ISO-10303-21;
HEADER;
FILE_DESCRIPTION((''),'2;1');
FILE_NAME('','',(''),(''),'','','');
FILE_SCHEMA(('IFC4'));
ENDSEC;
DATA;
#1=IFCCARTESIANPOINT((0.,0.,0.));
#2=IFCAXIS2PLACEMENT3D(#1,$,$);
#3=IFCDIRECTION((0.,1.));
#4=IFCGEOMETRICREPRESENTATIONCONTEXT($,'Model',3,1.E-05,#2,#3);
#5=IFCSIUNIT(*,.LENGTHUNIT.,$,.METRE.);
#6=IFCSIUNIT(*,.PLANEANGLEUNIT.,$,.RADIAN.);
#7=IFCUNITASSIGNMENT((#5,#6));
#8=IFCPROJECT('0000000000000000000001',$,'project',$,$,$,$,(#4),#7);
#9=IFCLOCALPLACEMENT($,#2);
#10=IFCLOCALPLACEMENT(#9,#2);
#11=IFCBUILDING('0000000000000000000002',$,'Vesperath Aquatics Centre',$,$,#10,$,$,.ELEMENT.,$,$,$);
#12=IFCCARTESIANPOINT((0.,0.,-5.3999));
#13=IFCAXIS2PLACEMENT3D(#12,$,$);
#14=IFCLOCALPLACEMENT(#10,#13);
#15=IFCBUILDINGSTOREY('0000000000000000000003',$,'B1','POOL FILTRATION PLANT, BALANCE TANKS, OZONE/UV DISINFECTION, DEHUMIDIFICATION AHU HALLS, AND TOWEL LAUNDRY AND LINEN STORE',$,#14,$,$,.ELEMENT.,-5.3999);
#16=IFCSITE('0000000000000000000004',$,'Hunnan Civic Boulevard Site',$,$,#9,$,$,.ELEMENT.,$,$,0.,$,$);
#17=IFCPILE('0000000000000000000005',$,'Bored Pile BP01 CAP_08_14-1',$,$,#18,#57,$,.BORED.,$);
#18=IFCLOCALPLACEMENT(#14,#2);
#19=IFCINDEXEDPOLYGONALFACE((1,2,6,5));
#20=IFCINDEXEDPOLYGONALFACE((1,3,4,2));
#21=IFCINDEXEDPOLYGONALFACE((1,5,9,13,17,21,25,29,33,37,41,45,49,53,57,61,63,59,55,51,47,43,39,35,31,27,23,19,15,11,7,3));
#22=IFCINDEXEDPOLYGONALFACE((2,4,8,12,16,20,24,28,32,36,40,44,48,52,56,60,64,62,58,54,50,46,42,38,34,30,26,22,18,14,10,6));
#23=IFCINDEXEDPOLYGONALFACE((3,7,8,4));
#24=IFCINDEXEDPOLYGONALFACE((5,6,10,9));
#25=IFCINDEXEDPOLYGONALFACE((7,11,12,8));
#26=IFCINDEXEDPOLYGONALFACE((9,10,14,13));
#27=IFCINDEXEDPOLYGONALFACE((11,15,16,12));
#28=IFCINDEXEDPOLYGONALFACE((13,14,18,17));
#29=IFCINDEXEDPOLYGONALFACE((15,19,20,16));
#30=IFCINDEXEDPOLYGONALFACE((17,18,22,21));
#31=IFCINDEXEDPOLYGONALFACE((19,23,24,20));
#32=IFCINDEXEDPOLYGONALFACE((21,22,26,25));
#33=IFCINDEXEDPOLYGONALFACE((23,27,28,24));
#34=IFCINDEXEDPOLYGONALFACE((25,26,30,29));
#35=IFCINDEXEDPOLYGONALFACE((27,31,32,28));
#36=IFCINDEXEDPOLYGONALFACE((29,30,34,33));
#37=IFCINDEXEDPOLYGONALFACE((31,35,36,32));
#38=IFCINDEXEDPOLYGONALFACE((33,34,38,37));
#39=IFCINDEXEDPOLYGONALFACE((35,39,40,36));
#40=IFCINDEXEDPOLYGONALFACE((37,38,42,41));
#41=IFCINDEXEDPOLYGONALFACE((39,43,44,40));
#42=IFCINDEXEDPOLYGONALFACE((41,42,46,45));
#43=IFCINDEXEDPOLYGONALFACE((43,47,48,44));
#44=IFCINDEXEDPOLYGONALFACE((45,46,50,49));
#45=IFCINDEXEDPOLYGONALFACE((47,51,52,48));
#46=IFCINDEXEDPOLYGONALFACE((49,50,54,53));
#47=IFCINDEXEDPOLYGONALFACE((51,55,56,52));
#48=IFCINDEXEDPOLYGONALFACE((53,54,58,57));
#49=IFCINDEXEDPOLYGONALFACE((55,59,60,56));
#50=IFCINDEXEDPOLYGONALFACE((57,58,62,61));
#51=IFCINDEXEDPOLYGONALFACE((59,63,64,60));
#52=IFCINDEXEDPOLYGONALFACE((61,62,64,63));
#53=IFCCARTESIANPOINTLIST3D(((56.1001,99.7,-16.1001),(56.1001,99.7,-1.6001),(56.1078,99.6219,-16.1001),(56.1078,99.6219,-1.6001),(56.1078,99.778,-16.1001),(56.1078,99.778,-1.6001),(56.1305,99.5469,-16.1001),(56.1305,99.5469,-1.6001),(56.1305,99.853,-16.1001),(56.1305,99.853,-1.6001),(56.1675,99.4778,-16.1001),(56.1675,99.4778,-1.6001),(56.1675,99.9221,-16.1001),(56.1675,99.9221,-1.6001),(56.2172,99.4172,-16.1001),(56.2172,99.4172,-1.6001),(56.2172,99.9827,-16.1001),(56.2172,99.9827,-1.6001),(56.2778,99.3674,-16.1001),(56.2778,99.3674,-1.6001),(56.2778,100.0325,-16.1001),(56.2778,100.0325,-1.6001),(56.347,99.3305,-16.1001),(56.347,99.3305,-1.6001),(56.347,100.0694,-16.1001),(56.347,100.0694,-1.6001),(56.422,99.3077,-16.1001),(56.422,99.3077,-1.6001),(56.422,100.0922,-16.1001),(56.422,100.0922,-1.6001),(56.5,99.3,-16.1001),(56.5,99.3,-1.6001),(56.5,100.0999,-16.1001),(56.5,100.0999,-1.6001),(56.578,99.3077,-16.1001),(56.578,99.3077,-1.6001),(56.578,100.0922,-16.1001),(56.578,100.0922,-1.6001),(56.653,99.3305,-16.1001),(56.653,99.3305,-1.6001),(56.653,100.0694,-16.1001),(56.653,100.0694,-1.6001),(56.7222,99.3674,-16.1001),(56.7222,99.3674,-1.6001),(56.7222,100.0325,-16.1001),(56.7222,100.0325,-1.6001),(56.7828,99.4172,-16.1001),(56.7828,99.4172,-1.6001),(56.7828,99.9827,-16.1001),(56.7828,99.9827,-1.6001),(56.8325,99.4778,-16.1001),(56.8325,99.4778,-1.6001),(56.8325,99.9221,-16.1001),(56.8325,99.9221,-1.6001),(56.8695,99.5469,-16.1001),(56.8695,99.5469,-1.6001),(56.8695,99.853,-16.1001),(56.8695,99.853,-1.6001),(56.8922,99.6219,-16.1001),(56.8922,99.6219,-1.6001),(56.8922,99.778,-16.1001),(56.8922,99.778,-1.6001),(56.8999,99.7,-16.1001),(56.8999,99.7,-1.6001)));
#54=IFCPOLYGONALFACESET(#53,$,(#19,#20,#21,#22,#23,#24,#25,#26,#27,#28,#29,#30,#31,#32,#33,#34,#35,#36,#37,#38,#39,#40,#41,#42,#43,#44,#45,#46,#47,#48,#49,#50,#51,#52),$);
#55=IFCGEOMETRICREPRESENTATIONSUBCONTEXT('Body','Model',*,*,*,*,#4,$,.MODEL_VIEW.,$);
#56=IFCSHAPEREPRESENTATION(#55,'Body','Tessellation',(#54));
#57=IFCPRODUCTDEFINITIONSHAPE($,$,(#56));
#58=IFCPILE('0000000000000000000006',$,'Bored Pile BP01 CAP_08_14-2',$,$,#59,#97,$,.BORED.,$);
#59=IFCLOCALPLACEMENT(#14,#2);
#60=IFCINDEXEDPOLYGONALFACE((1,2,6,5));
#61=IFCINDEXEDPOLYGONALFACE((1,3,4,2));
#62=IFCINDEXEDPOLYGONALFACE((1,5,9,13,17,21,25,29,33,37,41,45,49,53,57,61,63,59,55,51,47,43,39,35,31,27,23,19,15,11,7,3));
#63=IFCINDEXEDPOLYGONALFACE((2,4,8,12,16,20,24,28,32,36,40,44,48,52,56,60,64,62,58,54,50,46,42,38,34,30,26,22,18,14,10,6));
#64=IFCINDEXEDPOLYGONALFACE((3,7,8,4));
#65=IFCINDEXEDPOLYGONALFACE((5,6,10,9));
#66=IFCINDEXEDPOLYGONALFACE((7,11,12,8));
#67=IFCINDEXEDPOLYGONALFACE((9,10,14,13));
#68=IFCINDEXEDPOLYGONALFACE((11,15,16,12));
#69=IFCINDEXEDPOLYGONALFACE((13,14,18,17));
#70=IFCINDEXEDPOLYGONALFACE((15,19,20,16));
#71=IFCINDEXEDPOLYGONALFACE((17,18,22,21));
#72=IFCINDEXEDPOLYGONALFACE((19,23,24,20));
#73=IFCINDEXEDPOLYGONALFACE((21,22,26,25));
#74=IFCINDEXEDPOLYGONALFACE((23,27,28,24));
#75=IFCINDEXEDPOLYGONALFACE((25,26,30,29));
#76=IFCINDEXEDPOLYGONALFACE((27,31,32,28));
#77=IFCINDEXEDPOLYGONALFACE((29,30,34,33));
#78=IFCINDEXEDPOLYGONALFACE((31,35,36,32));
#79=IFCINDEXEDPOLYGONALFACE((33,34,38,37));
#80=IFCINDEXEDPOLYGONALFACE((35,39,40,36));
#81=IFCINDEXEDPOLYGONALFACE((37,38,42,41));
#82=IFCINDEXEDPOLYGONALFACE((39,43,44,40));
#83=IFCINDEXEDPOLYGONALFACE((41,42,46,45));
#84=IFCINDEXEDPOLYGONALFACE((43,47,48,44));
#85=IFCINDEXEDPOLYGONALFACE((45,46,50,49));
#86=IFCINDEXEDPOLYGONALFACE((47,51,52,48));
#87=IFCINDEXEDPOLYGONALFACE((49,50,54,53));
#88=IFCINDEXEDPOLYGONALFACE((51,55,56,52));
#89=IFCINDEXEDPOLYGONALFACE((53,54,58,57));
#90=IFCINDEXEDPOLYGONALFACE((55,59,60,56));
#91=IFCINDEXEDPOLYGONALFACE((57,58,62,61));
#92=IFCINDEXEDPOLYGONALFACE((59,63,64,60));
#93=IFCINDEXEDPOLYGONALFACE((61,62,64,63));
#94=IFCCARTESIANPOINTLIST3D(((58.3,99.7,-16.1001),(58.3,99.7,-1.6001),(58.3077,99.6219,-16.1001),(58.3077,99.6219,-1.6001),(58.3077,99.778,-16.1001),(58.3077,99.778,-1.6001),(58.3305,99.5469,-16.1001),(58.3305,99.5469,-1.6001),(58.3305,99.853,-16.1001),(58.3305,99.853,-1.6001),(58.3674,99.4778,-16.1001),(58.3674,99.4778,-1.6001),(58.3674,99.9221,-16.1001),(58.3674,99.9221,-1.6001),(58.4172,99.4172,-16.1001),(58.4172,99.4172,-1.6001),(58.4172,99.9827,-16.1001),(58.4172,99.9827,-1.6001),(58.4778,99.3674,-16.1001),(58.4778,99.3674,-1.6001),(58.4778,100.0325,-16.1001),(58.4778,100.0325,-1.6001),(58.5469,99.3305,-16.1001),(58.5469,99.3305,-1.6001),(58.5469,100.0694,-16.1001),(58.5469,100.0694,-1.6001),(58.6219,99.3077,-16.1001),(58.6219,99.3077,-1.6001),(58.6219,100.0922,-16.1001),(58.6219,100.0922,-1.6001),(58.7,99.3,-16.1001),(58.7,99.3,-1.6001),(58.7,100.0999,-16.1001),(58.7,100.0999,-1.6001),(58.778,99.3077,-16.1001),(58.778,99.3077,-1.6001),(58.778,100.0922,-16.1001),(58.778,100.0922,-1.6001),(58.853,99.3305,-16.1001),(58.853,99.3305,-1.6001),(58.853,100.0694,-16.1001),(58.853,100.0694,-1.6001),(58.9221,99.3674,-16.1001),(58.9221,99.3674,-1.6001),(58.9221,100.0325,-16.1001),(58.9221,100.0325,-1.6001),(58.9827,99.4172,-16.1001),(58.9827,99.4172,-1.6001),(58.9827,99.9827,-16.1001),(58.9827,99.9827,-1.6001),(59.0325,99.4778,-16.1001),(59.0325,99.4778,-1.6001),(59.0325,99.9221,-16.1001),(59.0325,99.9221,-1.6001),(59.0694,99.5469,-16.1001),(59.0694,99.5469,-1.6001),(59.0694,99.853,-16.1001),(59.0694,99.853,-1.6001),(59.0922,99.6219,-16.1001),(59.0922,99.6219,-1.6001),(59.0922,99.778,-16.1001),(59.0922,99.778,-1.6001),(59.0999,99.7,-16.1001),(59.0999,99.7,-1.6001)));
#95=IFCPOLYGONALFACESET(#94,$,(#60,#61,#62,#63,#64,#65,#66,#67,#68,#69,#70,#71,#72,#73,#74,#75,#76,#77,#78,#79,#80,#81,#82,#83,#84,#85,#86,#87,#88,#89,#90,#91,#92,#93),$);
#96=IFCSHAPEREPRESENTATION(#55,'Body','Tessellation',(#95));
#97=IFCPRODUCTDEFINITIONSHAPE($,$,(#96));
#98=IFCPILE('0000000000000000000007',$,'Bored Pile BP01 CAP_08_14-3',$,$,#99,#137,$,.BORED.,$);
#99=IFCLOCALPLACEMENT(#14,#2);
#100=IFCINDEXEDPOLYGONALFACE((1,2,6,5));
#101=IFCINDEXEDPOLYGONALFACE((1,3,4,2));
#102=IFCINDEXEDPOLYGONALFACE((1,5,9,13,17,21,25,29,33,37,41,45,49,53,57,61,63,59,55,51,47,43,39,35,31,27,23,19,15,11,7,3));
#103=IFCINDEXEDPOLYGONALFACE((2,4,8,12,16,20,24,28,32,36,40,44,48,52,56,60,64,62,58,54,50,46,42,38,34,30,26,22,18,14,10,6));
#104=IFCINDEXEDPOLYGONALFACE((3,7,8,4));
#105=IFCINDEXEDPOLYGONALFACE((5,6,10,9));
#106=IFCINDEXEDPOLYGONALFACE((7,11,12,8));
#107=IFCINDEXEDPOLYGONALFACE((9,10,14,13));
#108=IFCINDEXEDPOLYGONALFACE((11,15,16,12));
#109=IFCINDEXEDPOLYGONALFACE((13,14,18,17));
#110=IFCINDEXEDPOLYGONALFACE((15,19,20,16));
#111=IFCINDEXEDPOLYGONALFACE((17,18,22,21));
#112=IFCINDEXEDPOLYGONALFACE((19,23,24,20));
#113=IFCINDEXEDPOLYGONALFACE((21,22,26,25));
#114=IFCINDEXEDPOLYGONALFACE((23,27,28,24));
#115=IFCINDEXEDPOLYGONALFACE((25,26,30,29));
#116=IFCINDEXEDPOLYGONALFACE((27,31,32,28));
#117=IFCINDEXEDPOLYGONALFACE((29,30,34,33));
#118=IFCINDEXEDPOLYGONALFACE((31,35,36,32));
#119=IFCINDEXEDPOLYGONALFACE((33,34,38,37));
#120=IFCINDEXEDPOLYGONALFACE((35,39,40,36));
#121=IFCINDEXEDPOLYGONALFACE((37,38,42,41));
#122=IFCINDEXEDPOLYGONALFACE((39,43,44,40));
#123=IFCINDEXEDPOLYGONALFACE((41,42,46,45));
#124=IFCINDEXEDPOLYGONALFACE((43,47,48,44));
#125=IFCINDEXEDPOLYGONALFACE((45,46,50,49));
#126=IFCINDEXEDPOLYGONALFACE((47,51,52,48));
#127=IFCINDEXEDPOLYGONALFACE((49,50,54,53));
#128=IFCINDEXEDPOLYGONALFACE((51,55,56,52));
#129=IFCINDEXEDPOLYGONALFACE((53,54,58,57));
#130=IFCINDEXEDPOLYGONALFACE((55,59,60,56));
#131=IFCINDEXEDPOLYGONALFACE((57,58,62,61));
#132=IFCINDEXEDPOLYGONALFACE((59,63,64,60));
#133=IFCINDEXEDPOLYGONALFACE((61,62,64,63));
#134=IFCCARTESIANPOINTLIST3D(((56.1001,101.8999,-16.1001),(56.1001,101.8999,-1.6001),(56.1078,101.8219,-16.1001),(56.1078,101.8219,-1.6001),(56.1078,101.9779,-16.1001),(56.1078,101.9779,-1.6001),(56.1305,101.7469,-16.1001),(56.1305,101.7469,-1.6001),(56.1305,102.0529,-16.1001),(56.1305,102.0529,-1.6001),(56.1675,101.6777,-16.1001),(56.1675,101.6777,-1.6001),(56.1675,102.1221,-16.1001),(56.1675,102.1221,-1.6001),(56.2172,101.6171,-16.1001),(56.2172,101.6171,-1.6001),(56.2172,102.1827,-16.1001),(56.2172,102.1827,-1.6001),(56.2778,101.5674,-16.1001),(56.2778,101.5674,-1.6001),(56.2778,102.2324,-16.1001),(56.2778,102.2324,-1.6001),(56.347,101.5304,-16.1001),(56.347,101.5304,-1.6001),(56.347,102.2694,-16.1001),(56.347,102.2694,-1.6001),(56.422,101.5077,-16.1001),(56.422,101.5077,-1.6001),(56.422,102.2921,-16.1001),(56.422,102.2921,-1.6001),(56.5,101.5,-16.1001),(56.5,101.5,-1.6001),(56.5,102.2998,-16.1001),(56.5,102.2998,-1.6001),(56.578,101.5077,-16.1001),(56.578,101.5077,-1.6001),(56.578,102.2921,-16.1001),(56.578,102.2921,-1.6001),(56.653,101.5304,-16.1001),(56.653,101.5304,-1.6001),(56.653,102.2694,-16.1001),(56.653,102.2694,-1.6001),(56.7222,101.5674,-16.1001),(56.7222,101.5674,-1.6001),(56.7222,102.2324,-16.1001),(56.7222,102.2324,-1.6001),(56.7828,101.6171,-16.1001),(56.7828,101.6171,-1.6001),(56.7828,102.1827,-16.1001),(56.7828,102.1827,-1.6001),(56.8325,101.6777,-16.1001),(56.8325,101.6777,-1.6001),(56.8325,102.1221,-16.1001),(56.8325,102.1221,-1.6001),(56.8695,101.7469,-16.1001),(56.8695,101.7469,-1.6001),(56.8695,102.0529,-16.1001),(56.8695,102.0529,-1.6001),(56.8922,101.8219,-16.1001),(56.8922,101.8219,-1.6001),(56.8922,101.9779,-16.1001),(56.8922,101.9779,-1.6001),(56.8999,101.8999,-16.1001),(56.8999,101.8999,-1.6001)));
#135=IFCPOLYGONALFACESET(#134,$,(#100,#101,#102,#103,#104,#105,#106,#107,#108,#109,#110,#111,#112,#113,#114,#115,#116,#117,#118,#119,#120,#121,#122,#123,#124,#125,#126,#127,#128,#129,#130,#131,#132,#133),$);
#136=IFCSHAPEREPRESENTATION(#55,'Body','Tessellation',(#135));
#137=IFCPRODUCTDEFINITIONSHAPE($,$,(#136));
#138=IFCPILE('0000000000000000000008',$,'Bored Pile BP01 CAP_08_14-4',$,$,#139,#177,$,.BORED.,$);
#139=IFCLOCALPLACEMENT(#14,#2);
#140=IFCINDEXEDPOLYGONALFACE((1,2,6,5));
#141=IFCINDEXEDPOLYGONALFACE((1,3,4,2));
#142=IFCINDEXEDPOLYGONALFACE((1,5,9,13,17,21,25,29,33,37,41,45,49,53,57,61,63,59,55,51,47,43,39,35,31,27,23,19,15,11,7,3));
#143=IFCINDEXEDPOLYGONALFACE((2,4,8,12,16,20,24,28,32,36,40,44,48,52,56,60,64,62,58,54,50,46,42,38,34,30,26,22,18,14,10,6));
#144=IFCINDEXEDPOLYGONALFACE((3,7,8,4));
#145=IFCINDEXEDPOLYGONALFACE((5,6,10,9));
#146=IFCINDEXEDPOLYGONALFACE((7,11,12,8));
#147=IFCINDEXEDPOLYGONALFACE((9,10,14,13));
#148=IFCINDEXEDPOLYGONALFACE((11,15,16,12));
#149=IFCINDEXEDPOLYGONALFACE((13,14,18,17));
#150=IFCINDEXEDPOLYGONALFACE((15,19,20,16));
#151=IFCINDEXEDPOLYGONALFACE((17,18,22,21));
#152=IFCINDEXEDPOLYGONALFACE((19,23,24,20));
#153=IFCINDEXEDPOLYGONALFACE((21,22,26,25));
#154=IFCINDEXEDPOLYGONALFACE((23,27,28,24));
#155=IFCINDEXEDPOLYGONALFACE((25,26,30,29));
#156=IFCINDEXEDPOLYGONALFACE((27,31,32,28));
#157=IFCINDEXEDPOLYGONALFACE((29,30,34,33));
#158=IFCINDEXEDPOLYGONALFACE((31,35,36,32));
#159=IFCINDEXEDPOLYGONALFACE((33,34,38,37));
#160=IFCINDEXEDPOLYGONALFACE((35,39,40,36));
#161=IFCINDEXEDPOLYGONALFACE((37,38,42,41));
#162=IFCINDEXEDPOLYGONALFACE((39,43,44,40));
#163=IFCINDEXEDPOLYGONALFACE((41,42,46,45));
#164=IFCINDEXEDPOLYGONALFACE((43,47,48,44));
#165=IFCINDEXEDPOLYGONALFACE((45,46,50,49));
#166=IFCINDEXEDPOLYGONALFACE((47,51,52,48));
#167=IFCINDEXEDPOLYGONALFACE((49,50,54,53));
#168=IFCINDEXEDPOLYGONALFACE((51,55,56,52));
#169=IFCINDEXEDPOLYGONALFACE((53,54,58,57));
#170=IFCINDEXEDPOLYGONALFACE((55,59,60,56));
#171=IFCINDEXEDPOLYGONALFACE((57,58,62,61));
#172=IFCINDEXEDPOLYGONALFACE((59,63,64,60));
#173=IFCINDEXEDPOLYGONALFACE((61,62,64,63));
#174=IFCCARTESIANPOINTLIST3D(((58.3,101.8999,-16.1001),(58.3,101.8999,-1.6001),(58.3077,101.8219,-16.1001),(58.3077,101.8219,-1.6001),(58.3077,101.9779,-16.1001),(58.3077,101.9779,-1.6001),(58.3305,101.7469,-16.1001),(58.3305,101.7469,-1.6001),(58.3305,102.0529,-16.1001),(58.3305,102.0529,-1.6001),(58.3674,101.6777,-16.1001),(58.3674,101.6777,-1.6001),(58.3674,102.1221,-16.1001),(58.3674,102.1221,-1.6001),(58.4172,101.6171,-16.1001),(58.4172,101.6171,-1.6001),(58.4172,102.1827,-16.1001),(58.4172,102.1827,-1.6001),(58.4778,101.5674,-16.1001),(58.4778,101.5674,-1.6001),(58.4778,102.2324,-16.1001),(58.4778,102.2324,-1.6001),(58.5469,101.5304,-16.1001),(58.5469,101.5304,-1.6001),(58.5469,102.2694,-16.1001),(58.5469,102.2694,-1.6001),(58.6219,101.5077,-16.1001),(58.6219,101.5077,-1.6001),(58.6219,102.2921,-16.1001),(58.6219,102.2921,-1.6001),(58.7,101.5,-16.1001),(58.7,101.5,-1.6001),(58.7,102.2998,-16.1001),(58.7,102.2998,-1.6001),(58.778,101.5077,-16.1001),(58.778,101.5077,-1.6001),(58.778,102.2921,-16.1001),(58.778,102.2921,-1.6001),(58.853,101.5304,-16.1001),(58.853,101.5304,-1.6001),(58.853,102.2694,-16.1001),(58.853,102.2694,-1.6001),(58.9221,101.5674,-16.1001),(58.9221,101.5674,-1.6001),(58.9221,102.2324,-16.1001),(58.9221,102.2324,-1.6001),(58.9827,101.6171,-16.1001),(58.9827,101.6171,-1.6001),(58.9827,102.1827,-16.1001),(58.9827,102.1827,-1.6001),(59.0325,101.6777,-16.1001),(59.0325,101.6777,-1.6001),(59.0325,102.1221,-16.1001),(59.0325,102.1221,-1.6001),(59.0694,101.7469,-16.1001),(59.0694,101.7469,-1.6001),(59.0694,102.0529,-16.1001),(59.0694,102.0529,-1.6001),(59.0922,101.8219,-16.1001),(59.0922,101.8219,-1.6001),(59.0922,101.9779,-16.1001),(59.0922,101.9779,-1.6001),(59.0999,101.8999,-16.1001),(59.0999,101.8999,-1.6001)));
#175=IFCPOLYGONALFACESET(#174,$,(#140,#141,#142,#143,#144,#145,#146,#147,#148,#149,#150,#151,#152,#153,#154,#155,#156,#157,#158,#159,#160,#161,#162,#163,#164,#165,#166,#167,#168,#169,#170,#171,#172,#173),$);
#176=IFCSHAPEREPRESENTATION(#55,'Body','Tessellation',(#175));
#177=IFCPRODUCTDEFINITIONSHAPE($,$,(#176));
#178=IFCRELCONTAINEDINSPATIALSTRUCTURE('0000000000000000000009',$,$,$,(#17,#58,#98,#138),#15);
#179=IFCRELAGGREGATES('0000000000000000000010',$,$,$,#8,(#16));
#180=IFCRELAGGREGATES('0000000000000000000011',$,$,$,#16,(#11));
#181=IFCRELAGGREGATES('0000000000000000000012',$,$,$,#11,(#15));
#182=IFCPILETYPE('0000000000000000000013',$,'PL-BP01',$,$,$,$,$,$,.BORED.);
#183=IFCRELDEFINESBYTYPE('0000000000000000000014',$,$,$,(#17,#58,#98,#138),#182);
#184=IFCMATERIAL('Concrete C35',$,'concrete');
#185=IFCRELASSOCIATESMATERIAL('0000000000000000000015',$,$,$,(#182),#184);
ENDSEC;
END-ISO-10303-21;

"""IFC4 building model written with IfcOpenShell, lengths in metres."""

from ifc_helpers import new_model, si_unit, direction, frame, origin, origin_2d, place, context, subcontext, project, spatial, circle, extrude, material, material_profile, profile_set, type_object, element, save


model = new_model("IFC4")

# Units and contexts
model_context = context("Model", 3, precision=1e-05, world=origin(), true_north=direction((0.0, 1.0)))
body_context = subcontext(model_context, "Body", "Model", "MODEL_VIEW")
ifc_project = project(units=[si_unit("LENGTHUNIT", "METRE"), si_unit("PLANEANGLEUNIT", "RADIAN")], contexts=[model_context])

# Site, building, storey
site_placement = place(None, origin())
site = spatial("IfcSite", under=ifc_project, at=site_placement, Name="Hunnan Civic Boulevard Site", CompositionType="ELEMENT", RefElevation=0.0)
building_placement = place(site_placement, origin())
building = spatial("IfcBuilding", under=site, at=building_placement, Name="Vesperath Aquatics Centre", CompositionType="ELEMENT")
storey_placement = place(building_placement, frame((0.0, 0.0, -5.3999)))
storey = spatial("IfcBuildingStorey", under=building, at=storey_placement, Name="B1", Description="POOL FILTRATION PLANT, BALANCE TANKS, OZONE/UV DISINFECTION, DEHUMIDIFICATION AHU HALLS, AND TOWEL LAUNDRY AND LINEN STORE", CompositionType="ELEMENT", Elevation=-5.3999)

# Piles
ifc_material_1 = material(Name="Concrete C35", Category="concrete")
ifc_material_profile_1 = material_profile(ifc_material_1, circle(Radius=0.3999, at=origin_2d()), Name="PILE D800")
ifc_profile_set_1 = profile_set([ifc_material_profile_1], Name="Concrete C35")
pile_type_1 = type_object("IfcPileType", Name="PL-BP01", PredefinedType="BORED", material=ifc_profile_set_1)
for number, where, z_axis, x_axis, name in (
    (1, (56.5, 99.7, -1.6001), (0.0, 0.0, -1.0), (1.0, 0.0, 0.0), "Bored Pile BP01 CAP_08_14-1"),
    (2, (58.7, 99.7, -1.6001), (0.0, 0.0, -1.0), (1.0, 0.0, 0.0), "Bored Pile BP01 CAP_08_14-2"),
    (3, (56.5, 101.8999, -1.6001), (0.0, 0.0, -1.0), (1.0, 0.0, 0.0), "Bored Pile BP01 CAP_08_14-3"),
    (4, (58.7, 101.8999, -1.6001), (0.0, 0.0, -1.0), (1.0, 0.0, 0.0), "Bored Pile BP01 CAP_08_14-4"),
):
    element("IfcPile", number, at=place(storey_placement, frame(where, z_axis=z_axis, x_axis=x_axis)), inside=storey, type_object=pile_type_1, Name=name, PredefinedType="BORED", context=body_context, shape_type="SweptSolid", body=[
        extrude(circle(Radius=0.3999, at=origin_2d()), origin(), (0.0, 0.0, 1.0), 14.5),
    ])

save(model, "model.ifc")
